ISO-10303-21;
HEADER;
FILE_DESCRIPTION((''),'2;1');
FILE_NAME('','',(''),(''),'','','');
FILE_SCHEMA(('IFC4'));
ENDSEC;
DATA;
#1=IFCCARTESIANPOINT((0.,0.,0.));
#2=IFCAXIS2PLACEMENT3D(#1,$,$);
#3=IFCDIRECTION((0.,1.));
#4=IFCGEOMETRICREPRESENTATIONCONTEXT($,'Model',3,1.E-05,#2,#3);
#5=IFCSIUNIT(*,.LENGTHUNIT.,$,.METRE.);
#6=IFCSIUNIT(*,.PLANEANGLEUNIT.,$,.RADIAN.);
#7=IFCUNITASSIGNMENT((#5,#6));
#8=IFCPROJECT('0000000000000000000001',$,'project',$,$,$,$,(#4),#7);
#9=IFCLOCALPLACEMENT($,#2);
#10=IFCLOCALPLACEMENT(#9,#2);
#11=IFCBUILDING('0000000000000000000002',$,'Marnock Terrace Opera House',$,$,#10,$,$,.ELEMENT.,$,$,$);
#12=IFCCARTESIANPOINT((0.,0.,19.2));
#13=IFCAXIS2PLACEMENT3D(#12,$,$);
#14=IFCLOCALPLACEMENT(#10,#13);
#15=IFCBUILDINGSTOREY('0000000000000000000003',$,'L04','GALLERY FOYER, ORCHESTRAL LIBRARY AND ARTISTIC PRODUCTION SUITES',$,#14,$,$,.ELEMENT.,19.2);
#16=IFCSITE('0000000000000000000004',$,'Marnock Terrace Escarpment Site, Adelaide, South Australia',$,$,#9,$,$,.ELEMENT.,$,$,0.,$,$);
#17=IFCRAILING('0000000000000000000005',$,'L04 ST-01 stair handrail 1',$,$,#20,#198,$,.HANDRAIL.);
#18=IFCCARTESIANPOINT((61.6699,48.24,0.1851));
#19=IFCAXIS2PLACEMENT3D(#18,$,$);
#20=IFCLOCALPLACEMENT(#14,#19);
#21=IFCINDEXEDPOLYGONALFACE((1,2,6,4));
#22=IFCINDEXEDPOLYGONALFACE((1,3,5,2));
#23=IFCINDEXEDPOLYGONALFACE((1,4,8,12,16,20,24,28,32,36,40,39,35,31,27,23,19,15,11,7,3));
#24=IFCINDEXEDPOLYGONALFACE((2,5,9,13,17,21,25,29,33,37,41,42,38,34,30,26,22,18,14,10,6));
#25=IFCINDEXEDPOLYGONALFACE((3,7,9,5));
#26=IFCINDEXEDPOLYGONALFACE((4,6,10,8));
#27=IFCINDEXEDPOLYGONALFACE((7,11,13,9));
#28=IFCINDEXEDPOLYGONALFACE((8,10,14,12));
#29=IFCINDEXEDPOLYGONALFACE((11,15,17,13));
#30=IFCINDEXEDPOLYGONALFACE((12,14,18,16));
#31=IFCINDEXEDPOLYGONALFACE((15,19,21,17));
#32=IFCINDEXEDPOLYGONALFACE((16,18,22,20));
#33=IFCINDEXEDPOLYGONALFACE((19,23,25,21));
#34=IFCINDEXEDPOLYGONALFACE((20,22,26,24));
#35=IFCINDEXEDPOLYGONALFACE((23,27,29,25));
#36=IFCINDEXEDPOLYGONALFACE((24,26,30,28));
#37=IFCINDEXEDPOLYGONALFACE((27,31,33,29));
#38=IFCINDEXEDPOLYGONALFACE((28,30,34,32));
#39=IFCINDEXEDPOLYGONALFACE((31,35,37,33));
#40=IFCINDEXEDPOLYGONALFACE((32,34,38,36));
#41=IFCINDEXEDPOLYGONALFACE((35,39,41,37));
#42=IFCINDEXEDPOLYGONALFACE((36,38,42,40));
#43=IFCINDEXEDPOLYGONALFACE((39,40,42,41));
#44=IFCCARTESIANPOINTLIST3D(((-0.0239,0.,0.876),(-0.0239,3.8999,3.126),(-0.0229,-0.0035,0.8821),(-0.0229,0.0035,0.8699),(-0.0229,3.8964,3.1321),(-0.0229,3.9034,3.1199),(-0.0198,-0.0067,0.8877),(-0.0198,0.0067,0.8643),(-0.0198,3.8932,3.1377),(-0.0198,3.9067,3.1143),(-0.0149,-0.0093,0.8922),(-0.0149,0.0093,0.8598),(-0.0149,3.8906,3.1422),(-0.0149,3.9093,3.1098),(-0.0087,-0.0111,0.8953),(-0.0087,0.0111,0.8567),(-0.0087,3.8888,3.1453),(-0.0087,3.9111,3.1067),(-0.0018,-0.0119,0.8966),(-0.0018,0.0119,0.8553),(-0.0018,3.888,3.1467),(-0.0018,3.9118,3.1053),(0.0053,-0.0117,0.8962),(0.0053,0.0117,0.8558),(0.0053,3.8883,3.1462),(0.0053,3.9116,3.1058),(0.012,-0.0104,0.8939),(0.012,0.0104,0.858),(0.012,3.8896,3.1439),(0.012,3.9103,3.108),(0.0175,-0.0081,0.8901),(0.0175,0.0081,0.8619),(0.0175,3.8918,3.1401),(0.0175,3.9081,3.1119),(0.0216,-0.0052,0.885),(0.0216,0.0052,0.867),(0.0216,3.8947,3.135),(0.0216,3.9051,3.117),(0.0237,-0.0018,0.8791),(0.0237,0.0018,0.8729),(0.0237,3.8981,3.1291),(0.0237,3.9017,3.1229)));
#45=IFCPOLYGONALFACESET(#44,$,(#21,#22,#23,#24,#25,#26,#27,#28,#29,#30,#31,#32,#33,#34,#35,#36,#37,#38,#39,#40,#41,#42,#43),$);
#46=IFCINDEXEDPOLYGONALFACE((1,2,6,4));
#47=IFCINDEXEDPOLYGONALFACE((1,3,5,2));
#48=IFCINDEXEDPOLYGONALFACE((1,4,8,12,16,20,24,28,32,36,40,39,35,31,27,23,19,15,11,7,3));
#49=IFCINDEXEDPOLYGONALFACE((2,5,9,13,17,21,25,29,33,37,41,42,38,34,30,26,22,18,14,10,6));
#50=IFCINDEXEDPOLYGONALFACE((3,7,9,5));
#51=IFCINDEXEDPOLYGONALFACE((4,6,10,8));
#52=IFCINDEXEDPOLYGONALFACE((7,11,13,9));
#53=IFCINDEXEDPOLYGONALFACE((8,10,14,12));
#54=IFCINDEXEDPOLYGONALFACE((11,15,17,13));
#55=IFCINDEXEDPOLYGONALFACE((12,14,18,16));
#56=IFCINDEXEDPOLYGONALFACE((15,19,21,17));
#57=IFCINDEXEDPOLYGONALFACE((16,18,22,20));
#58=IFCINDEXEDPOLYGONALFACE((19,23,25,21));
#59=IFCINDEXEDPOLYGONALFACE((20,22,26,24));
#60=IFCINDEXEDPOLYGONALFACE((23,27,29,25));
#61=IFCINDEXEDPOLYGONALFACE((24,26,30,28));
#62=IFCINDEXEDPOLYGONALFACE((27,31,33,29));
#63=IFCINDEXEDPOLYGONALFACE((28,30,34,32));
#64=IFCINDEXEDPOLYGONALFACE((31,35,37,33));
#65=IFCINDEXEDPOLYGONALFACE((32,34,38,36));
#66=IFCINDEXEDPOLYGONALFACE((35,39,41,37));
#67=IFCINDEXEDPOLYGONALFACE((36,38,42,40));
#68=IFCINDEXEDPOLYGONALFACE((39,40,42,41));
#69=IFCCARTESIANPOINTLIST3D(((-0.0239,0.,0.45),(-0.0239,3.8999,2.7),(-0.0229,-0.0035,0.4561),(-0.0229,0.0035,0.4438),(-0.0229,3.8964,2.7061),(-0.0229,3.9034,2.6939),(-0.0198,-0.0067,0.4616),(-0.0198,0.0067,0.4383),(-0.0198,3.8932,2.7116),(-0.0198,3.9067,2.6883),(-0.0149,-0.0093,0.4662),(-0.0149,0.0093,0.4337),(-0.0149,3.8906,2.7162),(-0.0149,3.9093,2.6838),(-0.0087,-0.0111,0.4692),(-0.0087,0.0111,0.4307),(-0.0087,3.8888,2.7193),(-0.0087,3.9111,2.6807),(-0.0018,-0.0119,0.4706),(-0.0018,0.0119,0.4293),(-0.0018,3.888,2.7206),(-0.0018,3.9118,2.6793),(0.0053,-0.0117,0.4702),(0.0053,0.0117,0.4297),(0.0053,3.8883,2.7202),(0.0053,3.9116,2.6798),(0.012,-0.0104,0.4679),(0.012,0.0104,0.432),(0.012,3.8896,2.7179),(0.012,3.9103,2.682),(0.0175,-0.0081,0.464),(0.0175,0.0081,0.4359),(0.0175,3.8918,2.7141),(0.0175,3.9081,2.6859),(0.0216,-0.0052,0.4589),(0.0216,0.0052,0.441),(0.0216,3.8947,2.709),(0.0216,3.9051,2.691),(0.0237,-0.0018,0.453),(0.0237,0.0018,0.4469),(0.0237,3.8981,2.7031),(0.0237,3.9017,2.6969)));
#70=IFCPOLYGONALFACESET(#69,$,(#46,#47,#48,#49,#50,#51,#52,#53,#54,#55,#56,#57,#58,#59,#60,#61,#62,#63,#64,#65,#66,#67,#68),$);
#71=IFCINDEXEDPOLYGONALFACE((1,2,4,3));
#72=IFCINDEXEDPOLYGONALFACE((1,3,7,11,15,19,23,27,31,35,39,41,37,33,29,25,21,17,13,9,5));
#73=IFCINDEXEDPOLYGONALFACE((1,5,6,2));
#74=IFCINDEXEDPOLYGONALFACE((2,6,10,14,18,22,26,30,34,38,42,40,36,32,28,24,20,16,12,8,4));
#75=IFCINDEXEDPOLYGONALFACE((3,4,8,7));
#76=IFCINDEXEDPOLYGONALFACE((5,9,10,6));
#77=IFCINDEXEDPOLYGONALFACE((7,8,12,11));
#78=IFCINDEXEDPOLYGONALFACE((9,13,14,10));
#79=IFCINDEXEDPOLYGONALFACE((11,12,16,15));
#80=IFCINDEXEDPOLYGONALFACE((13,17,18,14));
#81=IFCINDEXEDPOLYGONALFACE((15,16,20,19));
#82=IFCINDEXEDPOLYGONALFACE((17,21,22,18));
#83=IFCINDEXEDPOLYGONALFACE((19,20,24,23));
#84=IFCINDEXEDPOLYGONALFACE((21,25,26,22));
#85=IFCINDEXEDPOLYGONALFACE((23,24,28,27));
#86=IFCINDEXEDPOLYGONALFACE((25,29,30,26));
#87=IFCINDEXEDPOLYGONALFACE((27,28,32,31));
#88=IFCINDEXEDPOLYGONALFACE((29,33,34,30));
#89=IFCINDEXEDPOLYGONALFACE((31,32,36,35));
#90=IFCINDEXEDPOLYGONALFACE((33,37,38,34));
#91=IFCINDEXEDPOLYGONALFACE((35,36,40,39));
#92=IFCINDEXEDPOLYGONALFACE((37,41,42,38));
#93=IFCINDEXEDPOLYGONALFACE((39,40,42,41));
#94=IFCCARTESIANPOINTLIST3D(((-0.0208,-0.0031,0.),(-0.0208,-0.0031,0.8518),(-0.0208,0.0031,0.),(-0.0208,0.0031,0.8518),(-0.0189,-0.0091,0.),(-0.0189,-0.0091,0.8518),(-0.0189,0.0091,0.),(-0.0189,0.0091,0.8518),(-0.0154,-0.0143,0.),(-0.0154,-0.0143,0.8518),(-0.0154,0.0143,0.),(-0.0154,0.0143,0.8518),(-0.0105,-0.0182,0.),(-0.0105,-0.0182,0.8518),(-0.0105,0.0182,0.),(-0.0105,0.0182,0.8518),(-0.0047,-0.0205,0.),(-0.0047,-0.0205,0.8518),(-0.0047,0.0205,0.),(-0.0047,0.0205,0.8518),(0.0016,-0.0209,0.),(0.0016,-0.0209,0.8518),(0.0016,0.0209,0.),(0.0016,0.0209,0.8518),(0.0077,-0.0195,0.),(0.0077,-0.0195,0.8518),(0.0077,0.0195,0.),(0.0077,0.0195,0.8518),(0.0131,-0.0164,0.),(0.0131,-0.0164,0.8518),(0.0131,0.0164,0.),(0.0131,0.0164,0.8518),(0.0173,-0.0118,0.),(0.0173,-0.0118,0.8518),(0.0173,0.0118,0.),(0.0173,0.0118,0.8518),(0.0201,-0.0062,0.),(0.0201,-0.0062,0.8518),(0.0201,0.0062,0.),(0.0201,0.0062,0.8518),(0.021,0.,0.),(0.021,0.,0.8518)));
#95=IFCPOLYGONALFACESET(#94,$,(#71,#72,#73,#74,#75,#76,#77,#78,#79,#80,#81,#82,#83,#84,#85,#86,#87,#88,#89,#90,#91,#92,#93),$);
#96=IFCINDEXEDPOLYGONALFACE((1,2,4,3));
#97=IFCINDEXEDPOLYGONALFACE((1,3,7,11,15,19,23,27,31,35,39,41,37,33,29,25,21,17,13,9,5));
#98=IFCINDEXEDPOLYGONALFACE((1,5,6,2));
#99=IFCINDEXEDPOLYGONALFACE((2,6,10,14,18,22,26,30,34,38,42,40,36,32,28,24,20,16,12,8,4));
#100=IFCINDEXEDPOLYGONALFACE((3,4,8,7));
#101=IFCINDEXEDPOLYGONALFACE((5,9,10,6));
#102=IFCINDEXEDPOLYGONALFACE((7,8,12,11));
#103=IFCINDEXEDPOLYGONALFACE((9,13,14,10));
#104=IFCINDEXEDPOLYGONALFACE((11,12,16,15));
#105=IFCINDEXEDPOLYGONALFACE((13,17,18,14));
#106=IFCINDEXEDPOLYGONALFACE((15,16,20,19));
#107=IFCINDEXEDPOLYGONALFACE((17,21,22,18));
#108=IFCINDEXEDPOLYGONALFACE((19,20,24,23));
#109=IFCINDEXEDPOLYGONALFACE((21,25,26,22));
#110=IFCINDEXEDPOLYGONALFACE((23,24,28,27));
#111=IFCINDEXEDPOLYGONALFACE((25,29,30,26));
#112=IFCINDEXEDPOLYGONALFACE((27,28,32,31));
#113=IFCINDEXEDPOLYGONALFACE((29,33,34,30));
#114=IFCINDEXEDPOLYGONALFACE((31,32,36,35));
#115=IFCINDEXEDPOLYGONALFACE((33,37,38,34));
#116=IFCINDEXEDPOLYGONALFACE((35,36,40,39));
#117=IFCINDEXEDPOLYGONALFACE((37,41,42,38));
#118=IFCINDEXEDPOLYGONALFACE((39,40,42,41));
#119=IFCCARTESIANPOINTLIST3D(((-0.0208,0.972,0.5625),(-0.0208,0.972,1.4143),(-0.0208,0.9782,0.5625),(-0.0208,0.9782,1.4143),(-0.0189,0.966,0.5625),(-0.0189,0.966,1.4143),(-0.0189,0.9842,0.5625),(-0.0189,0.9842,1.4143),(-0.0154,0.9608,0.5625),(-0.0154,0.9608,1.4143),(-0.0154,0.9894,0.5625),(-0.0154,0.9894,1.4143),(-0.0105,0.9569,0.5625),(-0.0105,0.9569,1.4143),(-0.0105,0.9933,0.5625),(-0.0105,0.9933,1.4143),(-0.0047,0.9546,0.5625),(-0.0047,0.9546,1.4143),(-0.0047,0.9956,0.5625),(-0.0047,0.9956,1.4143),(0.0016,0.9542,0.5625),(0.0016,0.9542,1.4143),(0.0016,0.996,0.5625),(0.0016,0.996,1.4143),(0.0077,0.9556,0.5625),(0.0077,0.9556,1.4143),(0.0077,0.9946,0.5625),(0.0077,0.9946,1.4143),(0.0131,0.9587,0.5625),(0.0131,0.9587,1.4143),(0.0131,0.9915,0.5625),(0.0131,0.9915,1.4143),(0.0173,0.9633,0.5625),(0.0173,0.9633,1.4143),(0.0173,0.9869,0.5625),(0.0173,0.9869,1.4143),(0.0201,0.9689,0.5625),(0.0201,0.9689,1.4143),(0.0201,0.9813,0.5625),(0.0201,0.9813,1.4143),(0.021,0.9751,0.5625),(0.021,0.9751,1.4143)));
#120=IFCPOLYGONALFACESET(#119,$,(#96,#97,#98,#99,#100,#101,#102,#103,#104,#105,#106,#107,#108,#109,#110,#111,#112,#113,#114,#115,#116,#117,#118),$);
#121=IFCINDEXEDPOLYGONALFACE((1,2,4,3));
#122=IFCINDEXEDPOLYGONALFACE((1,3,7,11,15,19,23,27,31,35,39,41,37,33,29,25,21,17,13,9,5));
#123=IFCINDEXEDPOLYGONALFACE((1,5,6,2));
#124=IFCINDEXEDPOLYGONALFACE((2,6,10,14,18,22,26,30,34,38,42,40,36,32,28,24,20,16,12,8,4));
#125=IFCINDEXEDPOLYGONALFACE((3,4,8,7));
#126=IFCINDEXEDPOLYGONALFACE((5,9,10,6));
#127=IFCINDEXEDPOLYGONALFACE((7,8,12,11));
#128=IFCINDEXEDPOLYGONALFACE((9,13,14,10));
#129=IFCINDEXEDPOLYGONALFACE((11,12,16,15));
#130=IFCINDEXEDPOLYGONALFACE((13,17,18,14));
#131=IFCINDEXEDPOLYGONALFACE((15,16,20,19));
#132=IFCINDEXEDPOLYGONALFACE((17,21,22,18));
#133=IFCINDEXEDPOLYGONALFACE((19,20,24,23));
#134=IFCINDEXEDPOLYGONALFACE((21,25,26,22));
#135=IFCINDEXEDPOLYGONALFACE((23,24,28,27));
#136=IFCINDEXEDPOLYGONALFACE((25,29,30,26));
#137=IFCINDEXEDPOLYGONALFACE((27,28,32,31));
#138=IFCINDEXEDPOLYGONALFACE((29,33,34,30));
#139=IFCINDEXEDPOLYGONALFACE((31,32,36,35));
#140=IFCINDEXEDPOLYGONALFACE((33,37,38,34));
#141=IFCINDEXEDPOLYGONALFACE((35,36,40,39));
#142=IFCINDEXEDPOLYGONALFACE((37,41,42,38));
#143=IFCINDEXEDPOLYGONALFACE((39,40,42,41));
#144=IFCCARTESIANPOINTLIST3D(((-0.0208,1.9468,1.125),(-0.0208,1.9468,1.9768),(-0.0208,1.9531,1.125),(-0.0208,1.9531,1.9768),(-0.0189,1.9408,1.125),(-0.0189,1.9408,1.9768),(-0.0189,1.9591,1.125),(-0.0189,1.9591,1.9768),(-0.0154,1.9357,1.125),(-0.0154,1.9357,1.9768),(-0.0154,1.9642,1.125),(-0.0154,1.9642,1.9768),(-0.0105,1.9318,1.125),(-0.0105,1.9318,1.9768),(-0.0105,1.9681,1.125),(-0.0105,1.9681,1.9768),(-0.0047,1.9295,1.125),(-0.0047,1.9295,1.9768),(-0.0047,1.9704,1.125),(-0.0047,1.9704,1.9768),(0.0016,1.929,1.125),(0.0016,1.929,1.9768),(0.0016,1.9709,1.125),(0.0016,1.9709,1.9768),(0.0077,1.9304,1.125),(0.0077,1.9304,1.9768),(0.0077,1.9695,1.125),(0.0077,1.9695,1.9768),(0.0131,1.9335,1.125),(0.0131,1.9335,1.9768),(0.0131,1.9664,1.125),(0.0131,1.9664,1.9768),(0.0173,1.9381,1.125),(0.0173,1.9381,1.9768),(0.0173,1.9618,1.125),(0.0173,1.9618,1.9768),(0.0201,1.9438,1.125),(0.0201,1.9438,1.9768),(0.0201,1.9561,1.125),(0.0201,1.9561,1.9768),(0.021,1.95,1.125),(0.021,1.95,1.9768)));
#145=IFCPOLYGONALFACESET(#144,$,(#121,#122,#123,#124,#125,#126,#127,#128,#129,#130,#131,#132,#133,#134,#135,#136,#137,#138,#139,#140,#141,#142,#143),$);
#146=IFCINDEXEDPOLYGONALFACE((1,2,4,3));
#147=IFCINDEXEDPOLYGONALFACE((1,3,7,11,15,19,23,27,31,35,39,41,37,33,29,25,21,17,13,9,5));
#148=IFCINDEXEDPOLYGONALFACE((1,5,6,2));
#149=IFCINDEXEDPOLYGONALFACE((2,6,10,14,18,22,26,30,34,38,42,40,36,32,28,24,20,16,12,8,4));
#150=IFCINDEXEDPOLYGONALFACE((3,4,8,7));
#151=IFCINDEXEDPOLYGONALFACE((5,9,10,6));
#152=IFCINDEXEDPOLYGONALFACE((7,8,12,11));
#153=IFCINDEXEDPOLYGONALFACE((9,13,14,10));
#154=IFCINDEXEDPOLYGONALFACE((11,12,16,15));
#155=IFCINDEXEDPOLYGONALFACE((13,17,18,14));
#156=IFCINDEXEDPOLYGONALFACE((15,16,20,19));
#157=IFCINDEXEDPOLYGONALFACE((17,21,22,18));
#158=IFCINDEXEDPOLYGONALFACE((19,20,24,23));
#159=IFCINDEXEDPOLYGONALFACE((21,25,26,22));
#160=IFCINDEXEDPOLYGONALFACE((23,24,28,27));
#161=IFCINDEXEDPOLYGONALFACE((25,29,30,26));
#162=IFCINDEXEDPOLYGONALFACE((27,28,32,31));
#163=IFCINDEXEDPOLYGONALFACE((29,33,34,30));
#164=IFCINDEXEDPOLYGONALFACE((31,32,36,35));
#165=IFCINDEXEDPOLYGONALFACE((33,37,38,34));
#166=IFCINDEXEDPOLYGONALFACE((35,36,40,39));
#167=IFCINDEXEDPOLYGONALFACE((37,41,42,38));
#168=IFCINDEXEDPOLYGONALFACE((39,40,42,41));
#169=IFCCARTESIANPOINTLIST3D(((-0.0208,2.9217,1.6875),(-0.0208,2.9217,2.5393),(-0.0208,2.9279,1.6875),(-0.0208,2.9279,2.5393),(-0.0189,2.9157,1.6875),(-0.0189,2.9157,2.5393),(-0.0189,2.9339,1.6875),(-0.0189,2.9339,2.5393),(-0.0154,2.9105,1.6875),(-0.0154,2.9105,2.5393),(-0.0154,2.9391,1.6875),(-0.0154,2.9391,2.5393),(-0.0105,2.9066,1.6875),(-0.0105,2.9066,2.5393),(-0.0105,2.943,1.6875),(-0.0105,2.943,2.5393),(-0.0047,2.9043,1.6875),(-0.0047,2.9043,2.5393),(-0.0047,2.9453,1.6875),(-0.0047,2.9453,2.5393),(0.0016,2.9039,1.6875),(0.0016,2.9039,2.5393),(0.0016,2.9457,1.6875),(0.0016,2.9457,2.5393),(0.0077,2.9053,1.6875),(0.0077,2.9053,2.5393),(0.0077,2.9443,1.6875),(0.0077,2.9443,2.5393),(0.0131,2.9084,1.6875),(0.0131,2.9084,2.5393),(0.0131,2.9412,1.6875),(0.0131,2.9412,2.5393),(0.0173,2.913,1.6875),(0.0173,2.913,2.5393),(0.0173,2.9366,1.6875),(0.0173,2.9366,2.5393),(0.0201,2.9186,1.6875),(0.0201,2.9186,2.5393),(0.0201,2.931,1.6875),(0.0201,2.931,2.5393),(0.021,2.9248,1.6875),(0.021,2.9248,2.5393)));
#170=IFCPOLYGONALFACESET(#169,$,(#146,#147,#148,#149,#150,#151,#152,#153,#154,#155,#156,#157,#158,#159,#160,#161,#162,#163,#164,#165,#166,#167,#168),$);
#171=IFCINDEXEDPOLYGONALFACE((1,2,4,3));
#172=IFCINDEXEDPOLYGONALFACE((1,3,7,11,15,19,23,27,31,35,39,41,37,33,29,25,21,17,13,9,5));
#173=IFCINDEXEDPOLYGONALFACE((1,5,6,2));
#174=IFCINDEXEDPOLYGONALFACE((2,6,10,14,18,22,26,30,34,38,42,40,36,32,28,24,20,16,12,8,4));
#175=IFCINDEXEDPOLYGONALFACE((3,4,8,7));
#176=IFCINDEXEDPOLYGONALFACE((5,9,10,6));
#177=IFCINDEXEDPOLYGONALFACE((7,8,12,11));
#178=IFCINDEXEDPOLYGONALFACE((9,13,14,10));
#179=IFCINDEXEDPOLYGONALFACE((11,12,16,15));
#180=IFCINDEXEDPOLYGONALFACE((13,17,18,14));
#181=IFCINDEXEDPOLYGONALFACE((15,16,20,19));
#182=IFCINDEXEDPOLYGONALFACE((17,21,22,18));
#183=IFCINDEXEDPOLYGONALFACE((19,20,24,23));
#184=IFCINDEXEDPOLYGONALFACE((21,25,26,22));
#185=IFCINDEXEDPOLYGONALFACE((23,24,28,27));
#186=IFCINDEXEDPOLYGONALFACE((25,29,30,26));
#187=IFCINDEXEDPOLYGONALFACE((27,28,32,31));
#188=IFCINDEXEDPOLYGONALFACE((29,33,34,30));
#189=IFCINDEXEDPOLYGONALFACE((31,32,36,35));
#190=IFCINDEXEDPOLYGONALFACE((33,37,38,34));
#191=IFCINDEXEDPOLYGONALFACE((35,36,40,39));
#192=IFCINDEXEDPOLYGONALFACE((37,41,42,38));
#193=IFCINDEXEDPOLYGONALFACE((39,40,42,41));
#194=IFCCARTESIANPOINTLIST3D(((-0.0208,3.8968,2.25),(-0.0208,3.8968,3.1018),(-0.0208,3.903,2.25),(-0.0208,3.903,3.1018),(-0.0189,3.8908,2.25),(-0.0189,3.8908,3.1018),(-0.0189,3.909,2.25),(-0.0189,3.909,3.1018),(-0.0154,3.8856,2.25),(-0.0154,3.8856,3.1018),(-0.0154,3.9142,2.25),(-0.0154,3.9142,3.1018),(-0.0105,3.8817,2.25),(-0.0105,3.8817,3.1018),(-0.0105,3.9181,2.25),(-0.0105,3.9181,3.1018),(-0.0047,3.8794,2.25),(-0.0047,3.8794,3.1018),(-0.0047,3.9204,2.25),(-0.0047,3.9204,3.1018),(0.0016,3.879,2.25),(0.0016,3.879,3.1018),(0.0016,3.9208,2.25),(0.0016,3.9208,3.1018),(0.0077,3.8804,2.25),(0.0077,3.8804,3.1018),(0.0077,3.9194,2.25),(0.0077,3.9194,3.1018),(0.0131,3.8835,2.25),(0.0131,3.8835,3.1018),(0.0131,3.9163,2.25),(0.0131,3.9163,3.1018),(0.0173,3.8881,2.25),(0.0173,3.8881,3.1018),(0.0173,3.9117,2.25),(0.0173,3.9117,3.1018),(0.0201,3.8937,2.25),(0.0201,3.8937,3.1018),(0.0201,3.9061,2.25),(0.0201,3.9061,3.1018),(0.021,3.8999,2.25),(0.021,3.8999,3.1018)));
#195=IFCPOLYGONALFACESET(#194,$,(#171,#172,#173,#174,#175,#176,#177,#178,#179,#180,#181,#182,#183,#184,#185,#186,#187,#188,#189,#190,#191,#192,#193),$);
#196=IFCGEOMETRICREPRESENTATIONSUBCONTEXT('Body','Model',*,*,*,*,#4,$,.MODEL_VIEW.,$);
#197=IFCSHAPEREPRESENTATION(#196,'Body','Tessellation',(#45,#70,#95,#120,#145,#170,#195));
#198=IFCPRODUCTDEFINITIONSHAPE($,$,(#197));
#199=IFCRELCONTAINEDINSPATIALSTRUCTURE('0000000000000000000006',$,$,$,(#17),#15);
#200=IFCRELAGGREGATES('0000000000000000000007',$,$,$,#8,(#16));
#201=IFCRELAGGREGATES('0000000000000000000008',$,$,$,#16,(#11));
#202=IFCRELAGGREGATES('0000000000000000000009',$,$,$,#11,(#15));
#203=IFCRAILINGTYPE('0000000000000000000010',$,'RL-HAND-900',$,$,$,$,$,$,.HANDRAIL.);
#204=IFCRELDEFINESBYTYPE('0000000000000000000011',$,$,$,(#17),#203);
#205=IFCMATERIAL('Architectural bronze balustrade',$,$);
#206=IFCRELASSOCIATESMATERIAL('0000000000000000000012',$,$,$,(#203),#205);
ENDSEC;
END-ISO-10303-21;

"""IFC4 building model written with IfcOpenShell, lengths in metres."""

from ifc_helpers import new_model, si_unit, direction, frame, origin, origin_2d, place, context, subcontext, project, spatial, circle, extrude, material, type_object, element, save


model = new_model("IFC4")

# Units and contexts
model_context = context("Model", 3, precision=1e-05, world=origin(), true_north=direction((0.0, 1.0)))
body_context = subcontext(model_context, "Body", "Model", "MODEL_VIEW")
ifc_project = project(units=[si_unit("LENGTHUNIT", "METRE"), si_unit("PLANEANGLEUNIT", "RADIAN")], contexts=[model_context])

# Site, building, storey
site_placement = place(None, origin())
site = spatial("IfcSite", under=ifc_project, at=site_placement, Name="Marnock Terrace Escarpment Site, Adelaide, South Australia", CompositionType="ELEMENT", RefElevation=0.0)
building_placement = place(site_placement, origin())
building = spatial("IfcBuilding", under=site, at=building_placement, Name="Marnock Terrace Opera House", CompositionType="ELEMENT")
storey_placement = place(building_placement, frame((0.0, 0.0, 19.2)))
storey = spatial("IfcBuildingStorey", under=building, at=storey_placement, Name="L04", Description="GALLERY FOYER, ORCHESTRAL LIBRARY AND ARTISTIC PRODUCTION SUITES", CompositionType="ELEMENT", Elevation=19.2)

# Railing
ifc_material_1 = material(Name="Architectural bronze balustrade")
railing_type_1 = type_object("IfcRailingType", Name="RL-HAND-900", PredefinedType="HANDRAIL", material=ifc_material_1)
railing_1_placement = place(storey_placement, frame((61.6699, 48.24, 0.1851)))
element("IfcRailing", 1, at=railing_1_placement, inside=storey, type_object=railing_type_1, Name="L04 ST-01 stair handrail 1", PredefinedType="HANDRAIL", context=body_context, shape_type="SweptSolid", body=[
    extrude(circle(Radius=0.0239, at=origin_2d()), frame((0.0, 0.0, 0.876), z_axis=(0.0, 0.86618, 0.499732), x_axis=(-1.0, 0.0, 0.0)), (0.0, 0.0, 1.0), 4.5024),
    extrude(circle(Radius=0.0239, at=origin_2d()), frame((0.0, 0.0, 0.45), z_axis=(0.0, 0.86618, 0.499732), x_axis=(-1.0, 0.0, 0.0)), (0.0, 0.0, 1.0), 4.5024),
    extrude(circle(Radius=0.021, at=origin_2d()), origin(), (0.0, 0.0, 1.0), 0.8518),
    extrude(circle(Radius=0.021, at=origin_2d()), frame((0.0, 0.9751, 0.5625)), (0.0, 0.0, 1.0), 0.8518),
    extrude(circle(Radius=0.021, at=origin_2d()), frame((0.0, 1.95, 1.125)), (0.0, 0.0, 1.0), 0.8518),
    extrude(circle(Radius=0.021, at=origin_2d()), frame((0.0, 2.9248, 1.6875)), (0.0, 0.0, 1.0), 0.8518),
    extrude(circle(Radius=0.021, at=origin_2d()), frame((0.0, 3.8999, 2.25)), (0.0, 0.0, 1.0), 0.8518),
])

save(model, "model.ifc")
